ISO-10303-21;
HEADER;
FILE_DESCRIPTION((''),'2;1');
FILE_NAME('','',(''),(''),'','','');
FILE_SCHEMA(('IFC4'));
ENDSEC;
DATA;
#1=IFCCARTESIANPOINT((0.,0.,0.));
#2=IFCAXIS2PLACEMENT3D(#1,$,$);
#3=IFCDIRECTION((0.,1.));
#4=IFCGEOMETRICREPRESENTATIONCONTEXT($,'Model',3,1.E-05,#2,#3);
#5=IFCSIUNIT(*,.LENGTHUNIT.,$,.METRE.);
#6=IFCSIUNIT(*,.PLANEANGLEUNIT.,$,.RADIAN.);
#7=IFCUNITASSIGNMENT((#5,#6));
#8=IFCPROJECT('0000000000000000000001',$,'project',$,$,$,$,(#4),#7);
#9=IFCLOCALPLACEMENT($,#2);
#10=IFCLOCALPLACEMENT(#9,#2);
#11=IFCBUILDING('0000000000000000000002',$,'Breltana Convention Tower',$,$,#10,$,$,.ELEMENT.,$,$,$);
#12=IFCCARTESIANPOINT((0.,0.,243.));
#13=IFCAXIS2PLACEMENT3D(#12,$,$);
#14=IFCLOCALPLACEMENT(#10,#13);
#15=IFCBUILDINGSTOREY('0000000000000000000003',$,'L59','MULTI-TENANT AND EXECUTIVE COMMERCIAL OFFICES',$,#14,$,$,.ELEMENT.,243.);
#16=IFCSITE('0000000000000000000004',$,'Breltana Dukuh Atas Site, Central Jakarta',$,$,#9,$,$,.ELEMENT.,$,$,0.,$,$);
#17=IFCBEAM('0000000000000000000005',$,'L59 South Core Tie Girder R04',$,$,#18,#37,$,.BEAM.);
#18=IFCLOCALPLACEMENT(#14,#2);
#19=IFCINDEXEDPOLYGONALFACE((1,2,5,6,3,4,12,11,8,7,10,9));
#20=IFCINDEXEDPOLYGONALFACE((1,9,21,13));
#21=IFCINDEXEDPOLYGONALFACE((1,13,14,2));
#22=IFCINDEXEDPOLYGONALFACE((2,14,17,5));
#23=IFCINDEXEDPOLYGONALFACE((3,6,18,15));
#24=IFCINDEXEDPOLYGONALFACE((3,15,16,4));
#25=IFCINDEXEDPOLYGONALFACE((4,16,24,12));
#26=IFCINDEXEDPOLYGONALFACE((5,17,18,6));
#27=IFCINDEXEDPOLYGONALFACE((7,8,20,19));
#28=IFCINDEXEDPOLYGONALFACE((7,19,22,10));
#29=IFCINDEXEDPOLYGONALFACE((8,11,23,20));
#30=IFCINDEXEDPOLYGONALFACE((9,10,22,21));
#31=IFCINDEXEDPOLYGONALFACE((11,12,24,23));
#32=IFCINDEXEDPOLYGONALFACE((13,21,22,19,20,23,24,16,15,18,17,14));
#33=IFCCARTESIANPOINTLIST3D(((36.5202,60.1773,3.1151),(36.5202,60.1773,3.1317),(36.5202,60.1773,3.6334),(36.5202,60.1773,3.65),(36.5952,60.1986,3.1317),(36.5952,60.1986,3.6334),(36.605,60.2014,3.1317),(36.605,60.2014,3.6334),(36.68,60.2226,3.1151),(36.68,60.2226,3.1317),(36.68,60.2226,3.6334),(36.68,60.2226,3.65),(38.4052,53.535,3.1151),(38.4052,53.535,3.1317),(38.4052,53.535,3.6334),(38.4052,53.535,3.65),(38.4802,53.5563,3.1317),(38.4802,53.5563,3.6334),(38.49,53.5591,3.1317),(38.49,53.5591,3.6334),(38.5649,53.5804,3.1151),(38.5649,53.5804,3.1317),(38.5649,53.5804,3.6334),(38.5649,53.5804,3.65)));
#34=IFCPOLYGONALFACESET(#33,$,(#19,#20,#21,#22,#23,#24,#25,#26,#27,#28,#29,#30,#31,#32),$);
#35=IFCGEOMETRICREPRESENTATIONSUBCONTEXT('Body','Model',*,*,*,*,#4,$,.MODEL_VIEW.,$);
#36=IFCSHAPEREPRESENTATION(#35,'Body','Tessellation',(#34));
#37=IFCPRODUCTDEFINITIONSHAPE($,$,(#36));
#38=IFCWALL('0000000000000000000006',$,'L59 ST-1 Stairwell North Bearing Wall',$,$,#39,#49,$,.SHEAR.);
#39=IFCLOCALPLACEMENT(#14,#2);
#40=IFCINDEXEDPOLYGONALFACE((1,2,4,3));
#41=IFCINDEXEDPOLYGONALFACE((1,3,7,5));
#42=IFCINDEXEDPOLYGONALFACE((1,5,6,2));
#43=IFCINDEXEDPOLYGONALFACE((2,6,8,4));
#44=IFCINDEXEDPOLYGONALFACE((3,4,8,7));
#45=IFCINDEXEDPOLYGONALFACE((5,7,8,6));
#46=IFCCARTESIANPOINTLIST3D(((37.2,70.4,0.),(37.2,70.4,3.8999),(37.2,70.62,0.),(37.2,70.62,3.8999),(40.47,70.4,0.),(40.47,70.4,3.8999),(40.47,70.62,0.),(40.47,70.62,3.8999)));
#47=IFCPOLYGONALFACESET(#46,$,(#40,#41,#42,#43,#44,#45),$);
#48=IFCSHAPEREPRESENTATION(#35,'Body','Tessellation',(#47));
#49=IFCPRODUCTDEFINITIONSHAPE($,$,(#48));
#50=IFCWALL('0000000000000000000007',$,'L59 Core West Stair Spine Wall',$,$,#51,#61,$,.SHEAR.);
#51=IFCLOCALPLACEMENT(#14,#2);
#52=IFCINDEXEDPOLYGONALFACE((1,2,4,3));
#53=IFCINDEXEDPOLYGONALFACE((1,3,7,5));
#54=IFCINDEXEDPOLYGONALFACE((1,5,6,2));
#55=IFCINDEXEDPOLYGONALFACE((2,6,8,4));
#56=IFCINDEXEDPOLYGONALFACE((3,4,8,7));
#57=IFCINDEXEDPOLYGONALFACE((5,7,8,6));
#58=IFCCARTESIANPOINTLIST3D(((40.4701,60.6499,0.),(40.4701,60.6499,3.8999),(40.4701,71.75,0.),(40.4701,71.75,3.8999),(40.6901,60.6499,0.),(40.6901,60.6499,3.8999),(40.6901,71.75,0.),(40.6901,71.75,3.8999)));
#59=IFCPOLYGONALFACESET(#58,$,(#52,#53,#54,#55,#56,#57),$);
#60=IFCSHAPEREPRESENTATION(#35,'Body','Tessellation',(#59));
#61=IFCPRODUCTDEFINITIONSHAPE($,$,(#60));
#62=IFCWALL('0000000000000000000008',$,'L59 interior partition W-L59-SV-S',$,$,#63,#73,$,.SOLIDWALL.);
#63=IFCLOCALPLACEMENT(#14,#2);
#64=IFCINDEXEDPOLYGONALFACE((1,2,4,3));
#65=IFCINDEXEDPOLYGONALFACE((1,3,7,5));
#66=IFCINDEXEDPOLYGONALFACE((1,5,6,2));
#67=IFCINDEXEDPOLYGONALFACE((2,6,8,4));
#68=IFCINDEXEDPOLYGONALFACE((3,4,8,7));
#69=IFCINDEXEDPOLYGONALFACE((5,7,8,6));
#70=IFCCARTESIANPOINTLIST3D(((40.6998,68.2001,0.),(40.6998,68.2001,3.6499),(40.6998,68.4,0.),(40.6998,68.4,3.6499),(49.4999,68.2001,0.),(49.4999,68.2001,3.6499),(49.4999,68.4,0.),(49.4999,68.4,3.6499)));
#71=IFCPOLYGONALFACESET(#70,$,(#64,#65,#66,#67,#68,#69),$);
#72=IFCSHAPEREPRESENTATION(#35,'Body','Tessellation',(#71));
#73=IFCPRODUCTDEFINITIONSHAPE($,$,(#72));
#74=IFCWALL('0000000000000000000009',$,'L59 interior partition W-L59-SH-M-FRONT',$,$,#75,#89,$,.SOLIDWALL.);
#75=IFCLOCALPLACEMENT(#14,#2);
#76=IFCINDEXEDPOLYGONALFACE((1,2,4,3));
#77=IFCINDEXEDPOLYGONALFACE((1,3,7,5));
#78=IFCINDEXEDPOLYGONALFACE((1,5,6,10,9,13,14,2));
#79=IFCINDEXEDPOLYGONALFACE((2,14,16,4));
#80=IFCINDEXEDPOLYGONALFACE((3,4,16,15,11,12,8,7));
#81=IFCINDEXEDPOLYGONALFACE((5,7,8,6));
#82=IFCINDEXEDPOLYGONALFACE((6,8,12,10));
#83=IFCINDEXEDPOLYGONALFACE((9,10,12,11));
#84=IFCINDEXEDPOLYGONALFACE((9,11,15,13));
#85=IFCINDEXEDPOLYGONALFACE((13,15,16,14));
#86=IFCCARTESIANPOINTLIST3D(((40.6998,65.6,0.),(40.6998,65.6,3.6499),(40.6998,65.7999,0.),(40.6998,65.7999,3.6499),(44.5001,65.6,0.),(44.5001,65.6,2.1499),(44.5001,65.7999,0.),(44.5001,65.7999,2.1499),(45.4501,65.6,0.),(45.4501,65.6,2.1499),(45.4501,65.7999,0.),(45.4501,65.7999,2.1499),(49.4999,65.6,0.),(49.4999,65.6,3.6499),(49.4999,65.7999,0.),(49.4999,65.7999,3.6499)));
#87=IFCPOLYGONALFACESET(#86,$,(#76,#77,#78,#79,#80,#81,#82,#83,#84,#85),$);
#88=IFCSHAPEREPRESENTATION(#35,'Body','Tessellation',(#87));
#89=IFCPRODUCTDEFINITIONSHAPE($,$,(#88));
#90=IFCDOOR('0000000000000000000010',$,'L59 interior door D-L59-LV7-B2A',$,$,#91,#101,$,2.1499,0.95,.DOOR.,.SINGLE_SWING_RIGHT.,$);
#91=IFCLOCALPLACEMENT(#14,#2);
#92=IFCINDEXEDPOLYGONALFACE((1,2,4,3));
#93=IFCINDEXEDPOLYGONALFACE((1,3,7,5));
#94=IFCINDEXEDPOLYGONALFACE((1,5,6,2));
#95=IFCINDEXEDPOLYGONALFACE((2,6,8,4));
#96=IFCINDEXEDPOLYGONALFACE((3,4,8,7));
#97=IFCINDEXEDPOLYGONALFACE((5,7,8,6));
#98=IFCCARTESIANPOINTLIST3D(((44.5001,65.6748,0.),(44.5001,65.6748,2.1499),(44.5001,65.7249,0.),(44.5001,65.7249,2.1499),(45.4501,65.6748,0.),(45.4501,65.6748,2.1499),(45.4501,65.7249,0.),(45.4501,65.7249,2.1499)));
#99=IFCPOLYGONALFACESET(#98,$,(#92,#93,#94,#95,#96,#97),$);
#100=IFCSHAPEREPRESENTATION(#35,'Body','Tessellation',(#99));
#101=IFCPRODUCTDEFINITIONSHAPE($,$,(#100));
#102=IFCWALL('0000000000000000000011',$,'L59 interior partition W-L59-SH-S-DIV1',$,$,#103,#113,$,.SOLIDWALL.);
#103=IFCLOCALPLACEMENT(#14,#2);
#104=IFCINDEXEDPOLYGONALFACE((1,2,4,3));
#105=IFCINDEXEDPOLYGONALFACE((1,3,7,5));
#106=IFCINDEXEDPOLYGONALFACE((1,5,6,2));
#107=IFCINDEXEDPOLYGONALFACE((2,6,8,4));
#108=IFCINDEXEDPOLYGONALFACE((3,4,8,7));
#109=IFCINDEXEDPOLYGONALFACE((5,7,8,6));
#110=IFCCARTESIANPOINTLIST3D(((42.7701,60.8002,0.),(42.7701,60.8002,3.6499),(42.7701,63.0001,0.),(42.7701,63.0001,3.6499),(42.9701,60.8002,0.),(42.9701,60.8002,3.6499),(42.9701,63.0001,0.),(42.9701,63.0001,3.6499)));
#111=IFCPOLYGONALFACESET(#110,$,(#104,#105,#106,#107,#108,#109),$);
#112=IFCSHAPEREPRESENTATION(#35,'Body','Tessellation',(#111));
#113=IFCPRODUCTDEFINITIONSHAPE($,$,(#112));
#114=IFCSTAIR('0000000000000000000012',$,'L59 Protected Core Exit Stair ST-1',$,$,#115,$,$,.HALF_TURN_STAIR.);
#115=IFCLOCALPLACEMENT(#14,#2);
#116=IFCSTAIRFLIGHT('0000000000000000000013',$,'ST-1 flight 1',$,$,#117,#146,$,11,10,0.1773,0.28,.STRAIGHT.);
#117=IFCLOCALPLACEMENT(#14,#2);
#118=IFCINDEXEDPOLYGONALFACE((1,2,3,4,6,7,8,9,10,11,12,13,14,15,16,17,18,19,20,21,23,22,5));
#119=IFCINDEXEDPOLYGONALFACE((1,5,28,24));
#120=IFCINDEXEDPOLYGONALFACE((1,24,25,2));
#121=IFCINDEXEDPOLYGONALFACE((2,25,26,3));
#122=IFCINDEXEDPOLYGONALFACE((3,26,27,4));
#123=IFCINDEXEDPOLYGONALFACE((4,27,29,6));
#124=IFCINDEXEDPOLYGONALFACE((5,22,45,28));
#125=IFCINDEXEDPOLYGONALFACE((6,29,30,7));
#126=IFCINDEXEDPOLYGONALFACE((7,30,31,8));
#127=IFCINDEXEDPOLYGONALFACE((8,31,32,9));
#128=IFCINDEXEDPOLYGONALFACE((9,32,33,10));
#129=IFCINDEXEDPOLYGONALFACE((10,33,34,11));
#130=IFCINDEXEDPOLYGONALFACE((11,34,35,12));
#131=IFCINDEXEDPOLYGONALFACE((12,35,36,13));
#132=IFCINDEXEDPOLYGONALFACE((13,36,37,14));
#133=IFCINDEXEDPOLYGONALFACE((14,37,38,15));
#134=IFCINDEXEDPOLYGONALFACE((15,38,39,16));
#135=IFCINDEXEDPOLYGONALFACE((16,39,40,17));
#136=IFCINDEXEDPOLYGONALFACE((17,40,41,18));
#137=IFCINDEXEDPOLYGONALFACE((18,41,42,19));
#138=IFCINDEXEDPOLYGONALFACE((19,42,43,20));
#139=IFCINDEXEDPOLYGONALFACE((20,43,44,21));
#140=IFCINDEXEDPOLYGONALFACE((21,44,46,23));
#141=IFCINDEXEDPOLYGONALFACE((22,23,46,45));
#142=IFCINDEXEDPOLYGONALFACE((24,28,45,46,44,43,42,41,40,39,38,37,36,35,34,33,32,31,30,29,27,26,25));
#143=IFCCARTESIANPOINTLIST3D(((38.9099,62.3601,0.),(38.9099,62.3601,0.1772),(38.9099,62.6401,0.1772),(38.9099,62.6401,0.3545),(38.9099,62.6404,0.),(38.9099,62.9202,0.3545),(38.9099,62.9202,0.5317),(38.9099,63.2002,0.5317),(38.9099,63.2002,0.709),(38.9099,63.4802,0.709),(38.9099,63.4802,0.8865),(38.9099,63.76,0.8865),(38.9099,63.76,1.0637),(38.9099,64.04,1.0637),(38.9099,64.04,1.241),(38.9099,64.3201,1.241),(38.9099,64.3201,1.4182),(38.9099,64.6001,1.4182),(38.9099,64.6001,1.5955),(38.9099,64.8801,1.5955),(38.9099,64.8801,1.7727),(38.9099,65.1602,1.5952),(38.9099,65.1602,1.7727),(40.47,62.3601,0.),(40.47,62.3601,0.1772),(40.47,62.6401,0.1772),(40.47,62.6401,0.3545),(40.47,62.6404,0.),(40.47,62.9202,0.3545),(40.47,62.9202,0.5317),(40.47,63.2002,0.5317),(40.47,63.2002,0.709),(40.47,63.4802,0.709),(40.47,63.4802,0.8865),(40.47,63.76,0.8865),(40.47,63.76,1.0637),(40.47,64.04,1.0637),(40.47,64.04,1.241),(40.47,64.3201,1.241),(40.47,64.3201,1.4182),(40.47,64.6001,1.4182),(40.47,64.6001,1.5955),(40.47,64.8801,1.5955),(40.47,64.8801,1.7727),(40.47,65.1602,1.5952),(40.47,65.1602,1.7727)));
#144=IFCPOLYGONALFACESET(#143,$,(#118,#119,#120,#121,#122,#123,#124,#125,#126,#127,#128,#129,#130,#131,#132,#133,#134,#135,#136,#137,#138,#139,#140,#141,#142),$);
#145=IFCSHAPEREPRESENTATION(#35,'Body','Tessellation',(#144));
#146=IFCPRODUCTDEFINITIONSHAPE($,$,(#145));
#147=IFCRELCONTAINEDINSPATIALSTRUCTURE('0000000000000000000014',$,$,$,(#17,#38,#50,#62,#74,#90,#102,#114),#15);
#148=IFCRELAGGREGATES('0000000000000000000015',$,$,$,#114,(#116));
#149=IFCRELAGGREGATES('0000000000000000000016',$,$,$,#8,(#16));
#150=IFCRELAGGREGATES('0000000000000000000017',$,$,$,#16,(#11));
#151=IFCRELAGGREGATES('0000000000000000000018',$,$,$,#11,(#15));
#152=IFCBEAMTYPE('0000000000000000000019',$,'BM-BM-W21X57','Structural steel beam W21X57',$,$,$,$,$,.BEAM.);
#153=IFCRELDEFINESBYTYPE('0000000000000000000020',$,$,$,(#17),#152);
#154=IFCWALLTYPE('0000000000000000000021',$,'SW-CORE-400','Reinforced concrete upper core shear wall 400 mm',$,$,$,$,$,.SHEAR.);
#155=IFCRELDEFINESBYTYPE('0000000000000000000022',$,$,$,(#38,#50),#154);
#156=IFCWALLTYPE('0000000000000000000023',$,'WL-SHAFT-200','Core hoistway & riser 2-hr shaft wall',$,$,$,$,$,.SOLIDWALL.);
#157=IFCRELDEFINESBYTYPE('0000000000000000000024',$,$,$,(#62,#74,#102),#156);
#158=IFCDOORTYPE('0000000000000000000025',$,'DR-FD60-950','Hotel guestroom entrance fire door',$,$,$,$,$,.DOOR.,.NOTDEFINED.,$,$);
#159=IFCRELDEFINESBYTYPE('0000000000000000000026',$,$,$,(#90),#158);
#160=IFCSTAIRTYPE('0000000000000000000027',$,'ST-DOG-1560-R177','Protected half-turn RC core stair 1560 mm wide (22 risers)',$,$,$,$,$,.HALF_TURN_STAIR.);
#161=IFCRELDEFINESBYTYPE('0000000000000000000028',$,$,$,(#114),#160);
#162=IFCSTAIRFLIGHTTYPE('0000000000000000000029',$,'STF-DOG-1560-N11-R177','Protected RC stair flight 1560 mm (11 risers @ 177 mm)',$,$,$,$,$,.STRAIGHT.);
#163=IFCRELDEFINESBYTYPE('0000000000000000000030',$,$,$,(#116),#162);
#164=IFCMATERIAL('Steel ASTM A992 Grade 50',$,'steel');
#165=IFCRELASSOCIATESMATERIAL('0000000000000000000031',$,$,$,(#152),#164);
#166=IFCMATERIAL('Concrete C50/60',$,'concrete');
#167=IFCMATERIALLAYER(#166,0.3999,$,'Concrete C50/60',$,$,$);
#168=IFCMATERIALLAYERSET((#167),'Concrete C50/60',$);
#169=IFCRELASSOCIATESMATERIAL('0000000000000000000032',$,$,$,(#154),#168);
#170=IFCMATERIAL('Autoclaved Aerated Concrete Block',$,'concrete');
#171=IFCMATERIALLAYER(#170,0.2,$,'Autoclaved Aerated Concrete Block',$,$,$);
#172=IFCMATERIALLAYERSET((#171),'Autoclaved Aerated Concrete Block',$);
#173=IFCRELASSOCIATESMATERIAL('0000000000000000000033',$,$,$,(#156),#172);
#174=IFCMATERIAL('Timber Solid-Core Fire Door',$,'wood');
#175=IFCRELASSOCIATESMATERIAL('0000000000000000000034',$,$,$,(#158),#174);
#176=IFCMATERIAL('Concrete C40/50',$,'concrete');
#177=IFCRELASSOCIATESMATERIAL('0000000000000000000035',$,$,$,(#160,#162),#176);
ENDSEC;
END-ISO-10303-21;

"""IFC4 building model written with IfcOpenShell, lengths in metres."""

from ifc_helpers import new_model, si_unit, direction, frame, frame_2d, origin, origin_2d, place, context, subcontext, project, spatial, polyline, rectangle, i_section, outline, extrude, source, transform, mapped, material, layer, layer_set, material_profile, profile_set, type_object, type_shapes, element, fill, aggregate, save


model = new_model("IFC4")

# Units and contexts
model_context = context("Model", 3, precision=1e-05, world=origin(), true_north=direction((0.0, 1.0)))
body_context = subcontext(model_context, "Body", "Model", "MODEL_VIEW")
ifc_project = project(units=[si_unit("LENGTHUNIT", "METRE"), si_unit("PLANEANGLEUNIT", "RADIAN")], contexts=[model_context])

# Site, building, storey
site_placement = place(None, origin())
site = spatial("IfcSite", under=ifc_project, at=site_placement, Name="Breltana Dukuh Atas Site, Central Jakarta", CompositionType="ELEMENT", RefElevation=0.0)
building_placement = place(site_placement, origin())
building = spatial("IfcBuilding", under=site, at=building_placement, Name="Breltana Convention Tower", CompositionType="ELEMENT")
storey_placement = place(building_placement, frame((0.0, 0.0, 243.0)))
storey = spatial("IfcBuildingStorey", under=building, at=storey_placement, Name="L59", Description="MULTI-TENANT AND EXECUTIVE COMMERCIAL OFFICES", CompositionType="ELEMENT", Elevation=243.0)

# Beam
ifc_material_1 = material(Name="Steel ASTM A992 Grade 50", Category="steel")
ifc_material_profile = material_profile(ifc_material_1, i_section(OverallWidth=0.166, OverallDepth=0.5349, WebThickness=0.0103, FlangeThickness=0.0166, at=origin_2d()), Name="W21X57")
ifc_profile_set = profile_set([ifc_material_profile], Name="Steel ASTM A992 Grade 50")
beam_type = type_object("IfcBeamType", Name="BM-BM-W21X57", Description="Structural steel beam W21X57", PredefinedType="BEAM", material=ifc_profile_set)
shared_shape_1 = source(origin(), body_context, "Body", "SweptSolid", [
    extrude(i_section(OverallWidth=0.166, OverallDepth=0.5349, WebThickness=0.0103, FlangeThickness=0.0166, at=origin_2d()), origin(), (0.0, 0.0, 1.0), 6.9045),
])
type_shapes(beam_type, [shared_shape_1])
beam_placement = place(storey_placement, frame((36.6001, 60.2, 3.3826), z_axis=(0.273007, -0.962012, 0.0), x_axis=(0.962012, 0.273007, 0.0)))
element("IfcBeam", 1, at=beam_placement, inside=storey, type_object=beam_type, Name="L59 South Core Tie Girder R04", PredefinedType="BEAM", context=body_context, shape_type="MappedRepresentation", body=[
    mapped(shared_shape_1, transform((0.0, 0.0, 0.0), scale=1.0)),
])

# Wall
ifc_material_2 = material(Name="Concrete C50/60", Category="concrete")
ifc_layer_1 = layer(ifc_material_2, 0.3999, Name="Concrete C50/60")
ifc_layer_set_1 = layer_set([ifc_layer_1], Name="Concrete C50/60")
wall_type_1 = type_object("IfcWallType", Name="SW-CORE-400", Description="Reinforced concrete upper core shear wall 400 mm", PredefinedType="SHEAR", material=ifc_layer_set_1)
shared_shape_2 = source(origin(), body_context, "Body", "SweptSolid", [
    extrude(rectangle(XDim=3.27, YDim=0.22, at=frame_2d((1.635, 0.0))), origin(), (0.0, 0.0, 1.0), 3.8999),
])
wall_1_placement = place(storey_placement, frame((37.2, 70.51, 0.0), z_axis=(0.0, 0.0, 1.0), x_axis=(1.0, 0.0, 0.0)))
element("IfcWall", 2, at=wall_1_placement, inside=storey, type_object=wall_type_1, Name="L59 ST-1 Stairwell North Bearing Wall", PredefinedType="SHEAR", context=body_context, shape_type="MappedRepresentation", body=[
    mapped(shared_shape_2, transform((0.0, 0.0, 0.0), scale=1.0)),
])

# Walls
shared_shape_3 = source(origin(), body_context, "Body", "SweptSolid", [
    extrude(rectangle(XDim=11.1001, YDim=0.22, at=frame_2d((5.55, 0.0))), origin(), (0.0, 0.0, 1.0), 3.8999),
])
wall_2_placement = place(storey_placement, frame((40.5801, 60.6499, 0.0), z_axis=(0.0, 0.0, 1.0), x_axis=(0.0, 1.0, 0.0)))
element("IfcWall", 3, at=wall_2_placement, inside=storey, type_object=wall_type_1, Name="L59 Core West Stair Spine Wall", PredefinedType="SHEAR", context=body_context, shape_type="MappedRepresentation", body=[
    mapped(shared_shape_3, transform((0.0, 0.0, 0.0), scale=1.0)),
])
ifc_material_3 = material(Name="Autoclaved Aerated Concrete Block", Category="concrete")
ifc_layer_2 = layer(ifc_material_3, 0.2, Name="Autoclaved Aerated Concrete Block")
ifc_layer_set_2 = layer_set([ifc_layer_2], Name="Autoclaved Aerated Concrete Block")
wall_type_2 = type_object("IfcWallType", Name="WL-SHAFT-200", Description="Core hoistway & riser 2-hr shaft wall", PredefinedType="SOLIDWALL", material=ifc_layer_set_2)
shared_shape_4 = source(origin(), body_context, "Body", "SweptSolid", [
    extrude(rectangle(XDim=8.8, YDim=0.2, at=frame_2d((4.3999, 0.0))), origin(), (0.0, 0.0, 1.0), 3.6499),
])
wall_3_placement = place(storey_placement, frame((40.7, 68.3, 0.0), z_axis=(0.0, 0.0, 1.0), x_axis=(1.0, 0.0, 0.0)))
element("IfcWall", 4, at=wall_3_placement, inside=storey, type_object=wall_type_2, Name="L59 interior partition W-L59-SV-S", PredefinedType="SOLIDWALL", context=body_context, shape_type="MappedRepresentation", body=[
    mapped(shared_shape_4, transform((0.0, 0.0, 0.0), scale=1.0)),
])

# Wall, opening, door
wall_4_placement = place(storey_placement, frame((40.7, 65.7, 0.0), z_axis=(0.0, 0.0, 1.0), x_axis=(1.0, 0.0, 0.0)))
wall_4 = element("IfcWall", 5, at=wall_4_placement, inside=storey, type_object=wall_type_2, Name="L59 interior partition W-L59-SH-M-FRONT", PredefinedType="SOLIDWALL", context=body_context, shape_type="MappedRepresentation", body=[
    mapped(shared_shape_4, transform((0.0, 0.0, 0.0), scale=1.0)),
])
opening_1_placement = place(wall_4_placement, frame((3.8, 0.0, 0.0)))
opening_1 = element("IfcOpeningElement", 6, at=opening_1_placement, cuts=wall_4, PredefinedType="OPENING", context=body_context, shape_type="SweptSolid", body=[
    extrude(rectangle(XDim=0.95, YDim=2.1499, at=frame_2d((0.4751, 1.075))), frame((0.0, 0.1099, 0.0), z_axis=(0.0, -1.0, 0.0), x_axis=(1.0, 0.0, 0.0)), (0.0, 0.0, 1.0), 0.22),
])
ifc_material_4 = material(Name="Timber Solid-Core Fire Door", Category="wood")
door_type_1 = type_object("IfcDoorType", Name="DR-FD60-950", Description="Hotel guestroom entrance fire door", OperationType="NOTDEFINED", PredefinedType="DOOR", material=ifc_material_4)
shared_shape_5 = source(origin(), body_context, "Body", "SweptSolid", [
    extrude(rectangle(XDim=0.95, YDim=2.1499, at=frame_2d((0.4751, 1.075))), frame((0.0, 0.0249, 0.0), z_axis=(0.0, -1.0, 0.0), x_axis=(1.0, 0.0, 0.0)), (0.0, 0.0, 1.0), 0.05),
])
type_shapes(door_type_1, [shared_shape_5])
door_1_placement = place(opening_1_placement, origin())
door_1 = element("IfcDoor", 7, at=door_1_placement, inside=storey, type_object=door_type_1, Name="L59 interior door D-L59-LV7-B2A", OperationType="SINGLE_SWING_RIGHT", OverallHeight=2.1499, OverallWidth=0.95, PredefinedType="DOOR", context=body_context, shape_type="MappedRepresentation", body=[
    mapped(shared_shape_5, transform((0.0, 0.0, 0.0), scale=1.0)),
])
fill(opening_1, door_1)

# Wall
shared_shape_6 = source(origin(), body_context, "Body", "SweptSolid", [
    extrude(rectangle(XDim=2.2, YDim=0.2, at=frame_2d((1.1001, 0.0))), origin(), (0.0, 0.0, 1.0), 3.6499),
])
wall_5_placement = place(storey_placement, frame((42.8701, 60.8, 0.0), z_axis=(0.0, 0.0, 1.0), x_axis=(0.0, 1.0, 0.0)))
element("IfcWall", 8, at=wall_5_placement, inside=storey, type_object=wall_type_2, Name="L59 interior partition W-L59-SH-S-DIV1", PredefinedType="SOLIDWALL", context=body_context, shape_type="MappedRepresentation", body=[
    mapped(shared_shape_6, transform((0.0, 0.0, 0.0), scale=1.0)),
])

# Stair, stair flight
ifc_material_5 = material(Name="Concrete C40/50", Category="concrete")
stair_type = type_object("IfcStairType", Name="ST-DOG-1560-R177", Description="Protected half-turn RC core stair 1560 mm wide (22 risers)", PredefinedType="HALF_TURN_STAIR", material=ifc_material_5)
stair_placement = place(storey_placement, origin())
stair = element("IfcStair", 9, at=stair_placement, inside=storey, type_object=stair_type, Name="L59 Protected Core Exit Stair ST-1", PredefinedType="HALF_TURN_STAIR")
stair_flight_type = type_object("IfcStairFlightType", Name="STF-DOG-1560-N11-R177", Description="Protected RC stair flight 1560 mm (11 risers @ 177 mm)", PredefinedType="STRAIGHT", material=ifc_material_5)
stair_flight_1_placement = place(storey_placement, frame((39.6899, 62.3601, 0.0), z_axis=(0.0, 0.0, 1.0), x_axis=(0.0, 1.0, 0.0)))
stair_flight_1 = element("IfcStairFlight", 10, at=stair_flight_1_placement, type_object=stair_flight_type, Name="ST-1 flight 1", NumberOfRisers=11, NumberOfTreads=10, PredefinedType="STRAIGHT", RiserHeight=0.1773, TreadLength=0.28, context=body_context, shape_type="SweptSolid", body=[
    extrude(outline(polyline([(0.0, 0.0), (0.0, 0.1772), (0.28, 0.1772), (0.28, 0.3545), (0.5601, 0.3545), (0.5601, 0.5317), (0.8401, 0.5317), (0.8401, 0.709), (1.1201, 0.709), (1.1201, 0.8865), (1.3999, 0.8865), (1.3999, 1.0637), (1.6799, 1.0637), (1.6799, 1.241), (1.96, 1.241), (1.96, 1.4182), (2.24, 1.4182), (2.24, 1.5955), (2.52, 1.5955), (2.52, 1.7727), (2.8, 1.7727), (2.8, 1.95), (2.8, 1.5952), (0.2803, 0.0), (0.0, 0.0)])), frame((0.0, 0.78, 0.0), z_axis=(0.0, -1.0, 0.0), x_axis=(1.0, 0.0, 0.0)), (0.0, 0.0, 1.0), 1.5601),
])
aggregate(stair, [stair_flight_1])

save(model, "model.ifc")
